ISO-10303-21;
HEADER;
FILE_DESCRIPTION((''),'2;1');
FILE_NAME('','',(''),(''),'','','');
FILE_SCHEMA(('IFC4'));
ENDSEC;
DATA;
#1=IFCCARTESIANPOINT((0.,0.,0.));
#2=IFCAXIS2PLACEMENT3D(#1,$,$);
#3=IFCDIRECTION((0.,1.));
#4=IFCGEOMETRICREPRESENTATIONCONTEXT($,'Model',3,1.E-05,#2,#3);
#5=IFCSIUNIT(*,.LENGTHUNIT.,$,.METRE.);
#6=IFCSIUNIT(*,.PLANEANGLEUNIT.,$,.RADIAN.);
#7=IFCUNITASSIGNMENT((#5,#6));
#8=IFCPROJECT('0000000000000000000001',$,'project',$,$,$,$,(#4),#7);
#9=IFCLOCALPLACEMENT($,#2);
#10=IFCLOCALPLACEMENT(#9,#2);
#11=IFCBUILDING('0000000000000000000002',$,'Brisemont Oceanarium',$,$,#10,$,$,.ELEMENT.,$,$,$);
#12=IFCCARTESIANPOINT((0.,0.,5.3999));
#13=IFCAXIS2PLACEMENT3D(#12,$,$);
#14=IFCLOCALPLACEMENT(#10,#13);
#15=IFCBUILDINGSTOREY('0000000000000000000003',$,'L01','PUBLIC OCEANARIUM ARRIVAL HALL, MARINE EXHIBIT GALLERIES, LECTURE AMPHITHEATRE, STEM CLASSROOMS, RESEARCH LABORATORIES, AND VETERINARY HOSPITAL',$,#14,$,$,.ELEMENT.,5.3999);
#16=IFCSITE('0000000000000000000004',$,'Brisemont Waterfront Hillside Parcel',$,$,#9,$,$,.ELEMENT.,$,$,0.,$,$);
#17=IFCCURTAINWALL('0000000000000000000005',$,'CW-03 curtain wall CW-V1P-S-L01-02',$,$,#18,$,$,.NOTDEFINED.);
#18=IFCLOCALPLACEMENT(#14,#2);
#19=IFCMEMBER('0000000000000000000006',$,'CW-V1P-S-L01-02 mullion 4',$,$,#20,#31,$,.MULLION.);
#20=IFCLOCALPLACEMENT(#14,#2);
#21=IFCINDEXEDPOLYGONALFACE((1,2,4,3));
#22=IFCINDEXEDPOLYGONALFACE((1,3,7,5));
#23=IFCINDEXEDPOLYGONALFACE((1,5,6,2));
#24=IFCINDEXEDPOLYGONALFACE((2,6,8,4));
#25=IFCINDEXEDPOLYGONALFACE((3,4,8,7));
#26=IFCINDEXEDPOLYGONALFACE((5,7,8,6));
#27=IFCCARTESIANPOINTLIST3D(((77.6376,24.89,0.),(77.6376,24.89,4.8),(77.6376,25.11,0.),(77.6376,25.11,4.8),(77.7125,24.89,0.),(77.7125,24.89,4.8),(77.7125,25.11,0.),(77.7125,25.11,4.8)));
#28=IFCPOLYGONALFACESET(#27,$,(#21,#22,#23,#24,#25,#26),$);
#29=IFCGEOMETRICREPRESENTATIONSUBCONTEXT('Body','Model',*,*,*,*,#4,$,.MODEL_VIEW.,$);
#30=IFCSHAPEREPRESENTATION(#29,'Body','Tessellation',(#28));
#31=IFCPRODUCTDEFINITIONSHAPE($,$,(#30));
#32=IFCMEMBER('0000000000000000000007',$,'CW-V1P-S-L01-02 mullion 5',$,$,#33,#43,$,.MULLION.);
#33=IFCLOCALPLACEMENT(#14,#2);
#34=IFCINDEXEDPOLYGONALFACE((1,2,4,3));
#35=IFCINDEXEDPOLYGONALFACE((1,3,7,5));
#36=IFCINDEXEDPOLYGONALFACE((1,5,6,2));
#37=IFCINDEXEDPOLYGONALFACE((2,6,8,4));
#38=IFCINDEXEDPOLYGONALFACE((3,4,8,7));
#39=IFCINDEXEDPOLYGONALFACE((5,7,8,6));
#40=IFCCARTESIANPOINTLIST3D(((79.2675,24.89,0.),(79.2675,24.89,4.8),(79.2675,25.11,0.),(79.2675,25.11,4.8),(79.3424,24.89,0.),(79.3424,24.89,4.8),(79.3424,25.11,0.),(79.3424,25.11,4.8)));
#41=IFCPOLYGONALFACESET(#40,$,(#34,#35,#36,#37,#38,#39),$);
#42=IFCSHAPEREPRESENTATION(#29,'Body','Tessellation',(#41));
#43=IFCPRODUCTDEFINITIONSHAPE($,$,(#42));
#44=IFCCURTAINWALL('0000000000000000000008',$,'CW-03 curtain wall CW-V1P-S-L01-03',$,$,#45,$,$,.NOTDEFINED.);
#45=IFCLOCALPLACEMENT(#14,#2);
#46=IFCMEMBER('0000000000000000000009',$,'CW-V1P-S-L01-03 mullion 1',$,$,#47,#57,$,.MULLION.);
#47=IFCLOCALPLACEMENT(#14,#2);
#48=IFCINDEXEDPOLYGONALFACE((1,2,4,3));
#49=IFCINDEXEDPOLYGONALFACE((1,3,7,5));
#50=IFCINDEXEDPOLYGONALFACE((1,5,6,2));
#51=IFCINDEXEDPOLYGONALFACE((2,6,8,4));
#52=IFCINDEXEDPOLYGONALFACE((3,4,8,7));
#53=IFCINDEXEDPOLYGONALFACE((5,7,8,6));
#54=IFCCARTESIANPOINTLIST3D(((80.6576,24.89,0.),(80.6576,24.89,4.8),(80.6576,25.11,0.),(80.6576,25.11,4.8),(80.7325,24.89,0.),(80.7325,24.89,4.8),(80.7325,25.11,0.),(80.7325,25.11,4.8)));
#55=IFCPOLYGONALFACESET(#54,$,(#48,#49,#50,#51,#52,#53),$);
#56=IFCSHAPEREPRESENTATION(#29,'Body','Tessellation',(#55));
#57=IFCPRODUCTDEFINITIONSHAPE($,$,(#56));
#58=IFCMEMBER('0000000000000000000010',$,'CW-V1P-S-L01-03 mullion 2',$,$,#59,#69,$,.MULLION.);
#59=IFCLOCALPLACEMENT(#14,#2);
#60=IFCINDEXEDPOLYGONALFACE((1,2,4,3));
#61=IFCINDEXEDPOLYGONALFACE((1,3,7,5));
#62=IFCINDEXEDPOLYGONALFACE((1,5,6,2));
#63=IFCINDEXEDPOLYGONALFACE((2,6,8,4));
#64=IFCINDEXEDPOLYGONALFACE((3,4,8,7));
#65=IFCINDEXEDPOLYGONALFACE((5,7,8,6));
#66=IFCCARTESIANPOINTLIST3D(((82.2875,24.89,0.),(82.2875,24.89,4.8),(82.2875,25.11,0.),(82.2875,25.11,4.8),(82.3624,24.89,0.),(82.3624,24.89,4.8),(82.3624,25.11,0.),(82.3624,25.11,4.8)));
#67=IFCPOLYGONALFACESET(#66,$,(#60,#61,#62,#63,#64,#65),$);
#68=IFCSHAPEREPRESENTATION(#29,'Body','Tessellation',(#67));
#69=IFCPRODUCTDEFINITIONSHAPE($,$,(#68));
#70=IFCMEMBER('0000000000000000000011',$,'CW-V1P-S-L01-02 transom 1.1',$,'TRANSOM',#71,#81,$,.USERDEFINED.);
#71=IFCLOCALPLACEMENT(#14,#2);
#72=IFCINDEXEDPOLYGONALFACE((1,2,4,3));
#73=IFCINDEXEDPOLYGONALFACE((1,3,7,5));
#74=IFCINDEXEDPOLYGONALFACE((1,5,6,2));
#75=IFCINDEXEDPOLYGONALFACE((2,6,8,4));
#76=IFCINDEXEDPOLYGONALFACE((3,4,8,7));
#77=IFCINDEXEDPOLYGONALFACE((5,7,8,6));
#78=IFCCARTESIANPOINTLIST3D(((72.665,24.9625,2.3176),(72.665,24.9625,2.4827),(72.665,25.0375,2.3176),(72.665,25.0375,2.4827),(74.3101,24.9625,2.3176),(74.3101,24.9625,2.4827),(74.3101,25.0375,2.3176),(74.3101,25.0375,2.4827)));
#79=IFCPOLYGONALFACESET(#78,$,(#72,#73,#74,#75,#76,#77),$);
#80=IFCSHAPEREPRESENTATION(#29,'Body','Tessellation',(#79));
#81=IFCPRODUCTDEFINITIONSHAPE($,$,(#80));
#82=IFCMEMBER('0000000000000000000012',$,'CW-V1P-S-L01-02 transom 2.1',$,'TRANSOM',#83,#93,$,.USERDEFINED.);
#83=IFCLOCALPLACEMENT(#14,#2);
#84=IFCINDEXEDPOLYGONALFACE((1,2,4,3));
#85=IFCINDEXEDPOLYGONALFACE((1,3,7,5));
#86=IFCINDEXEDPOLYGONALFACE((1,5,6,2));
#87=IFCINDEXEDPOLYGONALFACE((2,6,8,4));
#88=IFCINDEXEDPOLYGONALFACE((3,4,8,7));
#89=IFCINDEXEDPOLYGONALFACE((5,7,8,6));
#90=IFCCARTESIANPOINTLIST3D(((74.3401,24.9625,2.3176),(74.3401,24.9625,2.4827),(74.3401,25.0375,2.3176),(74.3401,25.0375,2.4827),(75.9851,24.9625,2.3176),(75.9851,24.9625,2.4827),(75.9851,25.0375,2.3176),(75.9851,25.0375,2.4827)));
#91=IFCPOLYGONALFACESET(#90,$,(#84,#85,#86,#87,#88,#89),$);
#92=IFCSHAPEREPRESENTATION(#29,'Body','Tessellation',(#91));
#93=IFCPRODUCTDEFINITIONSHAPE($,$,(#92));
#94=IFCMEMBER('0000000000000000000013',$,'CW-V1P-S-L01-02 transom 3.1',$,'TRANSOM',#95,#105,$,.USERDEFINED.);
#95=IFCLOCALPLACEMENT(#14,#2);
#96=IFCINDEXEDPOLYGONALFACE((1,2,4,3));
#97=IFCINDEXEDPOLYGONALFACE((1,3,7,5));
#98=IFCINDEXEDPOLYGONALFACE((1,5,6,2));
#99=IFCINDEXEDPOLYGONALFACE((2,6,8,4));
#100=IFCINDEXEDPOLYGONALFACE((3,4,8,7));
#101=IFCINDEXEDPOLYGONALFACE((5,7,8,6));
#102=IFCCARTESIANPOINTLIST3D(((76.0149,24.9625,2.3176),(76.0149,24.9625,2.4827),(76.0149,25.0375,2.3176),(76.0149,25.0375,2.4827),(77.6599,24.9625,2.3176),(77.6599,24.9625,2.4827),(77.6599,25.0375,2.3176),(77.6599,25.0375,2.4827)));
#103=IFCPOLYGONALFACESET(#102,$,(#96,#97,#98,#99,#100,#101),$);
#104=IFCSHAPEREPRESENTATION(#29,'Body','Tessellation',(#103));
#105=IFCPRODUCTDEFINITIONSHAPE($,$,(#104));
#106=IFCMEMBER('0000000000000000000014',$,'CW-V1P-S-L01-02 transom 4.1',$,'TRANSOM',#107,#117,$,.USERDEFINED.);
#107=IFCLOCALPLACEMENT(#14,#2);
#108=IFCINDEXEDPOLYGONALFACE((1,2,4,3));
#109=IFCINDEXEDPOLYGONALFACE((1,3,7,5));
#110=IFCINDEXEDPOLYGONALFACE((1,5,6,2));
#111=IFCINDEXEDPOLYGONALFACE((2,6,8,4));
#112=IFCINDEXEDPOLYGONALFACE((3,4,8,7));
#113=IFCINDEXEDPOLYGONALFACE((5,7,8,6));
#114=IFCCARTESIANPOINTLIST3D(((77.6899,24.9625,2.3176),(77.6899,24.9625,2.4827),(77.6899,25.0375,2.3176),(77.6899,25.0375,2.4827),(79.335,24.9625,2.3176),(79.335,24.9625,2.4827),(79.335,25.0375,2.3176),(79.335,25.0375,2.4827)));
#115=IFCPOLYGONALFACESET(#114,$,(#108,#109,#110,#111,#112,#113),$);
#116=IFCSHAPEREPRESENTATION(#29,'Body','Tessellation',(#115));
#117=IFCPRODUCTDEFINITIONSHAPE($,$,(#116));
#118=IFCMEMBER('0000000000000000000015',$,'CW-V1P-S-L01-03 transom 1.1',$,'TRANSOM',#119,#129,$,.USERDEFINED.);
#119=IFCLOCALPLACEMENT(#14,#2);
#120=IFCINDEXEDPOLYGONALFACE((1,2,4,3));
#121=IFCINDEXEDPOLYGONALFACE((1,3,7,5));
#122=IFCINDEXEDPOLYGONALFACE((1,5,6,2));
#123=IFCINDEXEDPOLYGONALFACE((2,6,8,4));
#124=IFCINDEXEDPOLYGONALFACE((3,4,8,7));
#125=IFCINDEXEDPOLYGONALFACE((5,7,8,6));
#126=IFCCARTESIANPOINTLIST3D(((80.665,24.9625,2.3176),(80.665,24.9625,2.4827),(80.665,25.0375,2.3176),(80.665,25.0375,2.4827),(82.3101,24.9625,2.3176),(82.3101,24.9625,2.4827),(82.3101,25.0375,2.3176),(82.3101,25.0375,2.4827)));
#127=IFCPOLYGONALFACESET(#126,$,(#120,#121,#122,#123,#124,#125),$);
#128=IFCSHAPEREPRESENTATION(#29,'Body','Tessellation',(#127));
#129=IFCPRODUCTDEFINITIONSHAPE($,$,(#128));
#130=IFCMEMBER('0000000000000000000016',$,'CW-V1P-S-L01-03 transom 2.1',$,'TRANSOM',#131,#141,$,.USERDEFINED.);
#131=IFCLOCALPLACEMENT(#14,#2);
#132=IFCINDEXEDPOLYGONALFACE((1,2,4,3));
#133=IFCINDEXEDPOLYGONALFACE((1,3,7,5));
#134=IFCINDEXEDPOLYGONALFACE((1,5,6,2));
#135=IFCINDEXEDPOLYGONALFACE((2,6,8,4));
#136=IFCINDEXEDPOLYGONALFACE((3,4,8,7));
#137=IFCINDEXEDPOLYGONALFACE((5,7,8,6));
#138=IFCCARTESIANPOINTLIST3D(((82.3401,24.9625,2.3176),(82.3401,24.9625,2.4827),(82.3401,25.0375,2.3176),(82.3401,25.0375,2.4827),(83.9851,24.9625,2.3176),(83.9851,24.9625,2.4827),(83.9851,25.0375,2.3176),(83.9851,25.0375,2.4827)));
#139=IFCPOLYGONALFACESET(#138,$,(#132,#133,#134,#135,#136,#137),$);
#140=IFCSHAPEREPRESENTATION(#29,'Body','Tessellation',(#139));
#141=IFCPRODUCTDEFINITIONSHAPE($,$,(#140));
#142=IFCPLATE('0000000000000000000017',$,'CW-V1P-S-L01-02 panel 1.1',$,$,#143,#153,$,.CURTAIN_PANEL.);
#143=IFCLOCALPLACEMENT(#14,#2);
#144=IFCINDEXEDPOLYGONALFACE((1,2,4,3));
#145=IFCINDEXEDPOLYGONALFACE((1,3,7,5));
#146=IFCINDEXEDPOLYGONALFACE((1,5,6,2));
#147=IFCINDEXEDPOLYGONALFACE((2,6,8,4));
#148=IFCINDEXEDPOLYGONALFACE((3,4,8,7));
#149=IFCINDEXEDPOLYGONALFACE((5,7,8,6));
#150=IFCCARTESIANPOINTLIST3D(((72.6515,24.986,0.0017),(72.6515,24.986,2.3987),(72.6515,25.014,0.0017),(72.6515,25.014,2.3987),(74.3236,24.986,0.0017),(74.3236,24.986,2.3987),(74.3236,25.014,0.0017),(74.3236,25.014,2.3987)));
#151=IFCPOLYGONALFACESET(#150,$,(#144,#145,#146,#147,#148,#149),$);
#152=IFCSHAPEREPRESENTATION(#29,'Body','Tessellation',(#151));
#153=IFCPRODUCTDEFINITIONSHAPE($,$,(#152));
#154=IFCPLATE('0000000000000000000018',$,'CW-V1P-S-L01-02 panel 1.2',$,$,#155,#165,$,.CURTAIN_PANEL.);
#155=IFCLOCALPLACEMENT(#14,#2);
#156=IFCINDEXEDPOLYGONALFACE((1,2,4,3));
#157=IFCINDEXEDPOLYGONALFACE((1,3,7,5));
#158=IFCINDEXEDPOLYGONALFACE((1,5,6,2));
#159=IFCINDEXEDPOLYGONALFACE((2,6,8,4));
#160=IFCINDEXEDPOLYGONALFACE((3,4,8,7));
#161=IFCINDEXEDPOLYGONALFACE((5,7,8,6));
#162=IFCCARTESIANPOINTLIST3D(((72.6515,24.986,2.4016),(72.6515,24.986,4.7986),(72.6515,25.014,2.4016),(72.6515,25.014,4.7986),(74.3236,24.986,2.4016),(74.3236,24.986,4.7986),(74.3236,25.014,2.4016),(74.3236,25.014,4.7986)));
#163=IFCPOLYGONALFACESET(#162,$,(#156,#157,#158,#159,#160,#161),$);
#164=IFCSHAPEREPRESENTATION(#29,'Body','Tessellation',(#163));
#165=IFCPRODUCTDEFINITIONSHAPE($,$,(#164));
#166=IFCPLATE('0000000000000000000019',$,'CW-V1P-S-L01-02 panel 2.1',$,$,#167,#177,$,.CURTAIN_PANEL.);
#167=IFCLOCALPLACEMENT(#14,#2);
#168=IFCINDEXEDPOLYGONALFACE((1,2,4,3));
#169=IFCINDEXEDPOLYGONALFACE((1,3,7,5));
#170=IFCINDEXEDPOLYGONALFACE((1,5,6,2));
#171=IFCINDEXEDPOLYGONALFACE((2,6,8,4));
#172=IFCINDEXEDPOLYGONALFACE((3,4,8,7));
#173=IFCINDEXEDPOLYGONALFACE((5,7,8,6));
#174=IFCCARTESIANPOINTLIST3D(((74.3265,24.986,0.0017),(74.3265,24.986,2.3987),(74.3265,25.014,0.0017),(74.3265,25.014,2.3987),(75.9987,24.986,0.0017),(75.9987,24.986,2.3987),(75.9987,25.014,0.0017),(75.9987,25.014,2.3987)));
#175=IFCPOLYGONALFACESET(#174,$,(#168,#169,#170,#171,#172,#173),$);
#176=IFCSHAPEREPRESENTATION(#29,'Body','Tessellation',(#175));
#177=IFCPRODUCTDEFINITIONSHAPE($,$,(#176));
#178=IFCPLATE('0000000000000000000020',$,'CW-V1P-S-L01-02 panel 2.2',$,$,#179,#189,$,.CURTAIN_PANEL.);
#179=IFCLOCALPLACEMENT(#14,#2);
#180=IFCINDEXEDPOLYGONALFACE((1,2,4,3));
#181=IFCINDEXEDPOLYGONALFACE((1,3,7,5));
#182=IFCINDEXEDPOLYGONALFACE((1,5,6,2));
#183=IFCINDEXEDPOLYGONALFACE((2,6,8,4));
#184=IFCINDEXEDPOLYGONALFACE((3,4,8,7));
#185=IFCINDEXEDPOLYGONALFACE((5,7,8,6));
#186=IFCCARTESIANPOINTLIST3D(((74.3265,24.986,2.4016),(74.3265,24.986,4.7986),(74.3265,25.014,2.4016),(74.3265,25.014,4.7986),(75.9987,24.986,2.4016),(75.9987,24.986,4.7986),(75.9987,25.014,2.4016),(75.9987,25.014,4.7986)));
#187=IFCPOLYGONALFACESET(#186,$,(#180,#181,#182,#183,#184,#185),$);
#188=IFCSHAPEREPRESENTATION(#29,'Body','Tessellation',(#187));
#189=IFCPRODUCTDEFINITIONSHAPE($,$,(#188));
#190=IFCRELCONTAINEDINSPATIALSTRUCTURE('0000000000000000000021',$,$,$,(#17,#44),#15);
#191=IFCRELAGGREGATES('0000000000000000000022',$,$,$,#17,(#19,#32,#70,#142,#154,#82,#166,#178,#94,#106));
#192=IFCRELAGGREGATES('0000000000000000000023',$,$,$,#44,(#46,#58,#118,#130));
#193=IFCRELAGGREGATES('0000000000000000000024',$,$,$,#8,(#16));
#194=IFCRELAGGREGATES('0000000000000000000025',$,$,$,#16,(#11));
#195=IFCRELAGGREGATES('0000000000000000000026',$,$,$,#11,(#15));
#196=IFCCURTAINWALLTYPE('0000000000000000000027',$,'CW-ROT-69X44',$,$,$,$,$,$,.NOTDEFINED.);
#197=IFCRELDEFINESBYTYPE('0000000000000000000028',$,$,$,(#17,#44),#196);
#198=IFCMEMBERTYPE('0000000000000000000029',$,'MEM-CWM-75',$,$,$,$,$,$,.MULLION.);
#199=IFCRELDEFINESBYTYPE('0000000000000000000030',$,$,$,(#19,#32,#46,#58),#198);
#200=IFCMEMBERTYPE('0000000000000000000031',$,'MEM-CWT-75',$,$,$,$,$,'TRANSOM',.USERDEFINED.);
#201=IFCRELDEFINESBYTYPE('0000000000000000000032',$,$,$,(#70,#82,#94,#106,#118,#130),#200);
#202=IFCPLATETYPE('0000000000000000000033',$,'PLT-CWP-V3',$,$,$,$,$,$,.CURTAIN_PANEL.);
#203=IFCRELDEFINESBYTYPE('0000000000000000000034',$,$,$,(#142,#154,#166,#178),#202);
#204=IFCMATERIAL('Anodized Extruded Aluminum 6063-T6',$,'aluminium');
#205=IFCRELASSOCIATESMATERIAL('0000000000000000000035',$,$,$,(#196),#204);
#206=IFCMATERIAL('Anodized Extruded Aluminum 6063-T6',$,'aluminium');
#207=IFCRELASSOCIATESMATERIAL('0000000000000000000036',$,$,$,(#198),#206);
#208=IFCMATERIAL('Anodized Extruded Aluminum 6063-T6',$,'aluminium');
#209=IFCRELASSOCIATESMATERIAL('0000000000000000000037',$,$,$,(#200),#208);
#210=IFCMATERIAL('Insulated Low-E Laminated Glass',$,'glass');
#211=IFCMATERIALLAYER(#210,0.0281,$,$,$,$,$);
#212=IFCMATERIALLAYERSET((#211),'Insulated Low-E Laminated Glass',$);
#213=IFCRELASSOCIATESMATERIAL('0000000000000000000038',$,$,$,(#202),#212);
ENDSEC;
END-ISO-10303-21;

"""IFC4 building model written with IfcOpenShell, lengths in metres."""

from ifc_helpers import new_model, si_unit, direction, frame, origin, origin_2d, place, context, subcontext, project, spatial, rectangle, extrude, material, layer, layer_set, material_profile, profile_set, type_object, element, aggregate, save


model = new_model("IFC4")

# Units and contexts
model_context = context("Model", 3, precision=1e-05, world=origin(), true_north=direction((0.0, 1.0)))
body_context = subcontext(model_context, "Body", "Model", "MODEL_VIEW")
ifc_project = project(units=[si_unit("LENGTHUNIT", "METRE"), si_unit("PLANEANGLEUNIT", "RADIAN")], contexts=[model_context])

# Site, building, storey
site_placement = place(None, origin())
site = spatial("IfcSite", under=ifc_project, at=site_placement, Name="Brisemont Waterfront Hillside Parcel", CompositionType="ELEMENT", RefElevation=0.0)
building_placement = place(site_placement, origin())
building = spatial("IfcBuilding", under=site, at=building_placement, Name="Brisemont Oceanarium", CompositionType="ELEMENT")
storey_placement = place(building_placement, frame((0.0, 0.0, 5.3999)))
storey = spatial("IfcBuildingStorey", under=building, at=storey_placement, Name="L01", Description="PUBLIC OCEANARIUM ARRIVAL HALL, MARINE EXHIBIT GALLERIES, LECTURE AMPHITHEATRE, STEM CLASSROOMS, RESEARCH LABORATORIES, AND VETERINARY HOSPITAL", CompositionType="ELEMENT", Elevation=5.3999)

# Curtain walls, members
ifc_material_1 = material(Name="Anodized Extruded Aluminum 6063-T6", Category="aluminium")
curtain_wall_type = type_object("IfcCurtainWallType", Name="CW-ROT-69X44", PredefinedType="NOTDEFINED", material=ifc_material_1)
curtain_wall_1_placement = place(storey_placement, origin())
curtain_wall_1 = element("IfcCurtainWall", 1, at=curtain_wall_1_placement, inside=storey, type_object=curtain_wall_type, Name="CW-03 curtain wall CW-V1P-S-L01-02", PredefinedType="NOTDEFINED")
ifc_material_2 = material(Name="Anodized Extruded Aluminum 6063-T6", Category="aluminium")
ifc_material_profile_1 = material_profile(ifc_material_2, rectangle(XDim=0.075, YDim=0.22, at=origin_2d()), Name="CWM-75X220")
ifc_profile_set_1 = profile_set([ifc_material_profile_1], Name="Anodized Extruded Aluminum 6063-T6")
member_type_1 = type_object("IfcMemberType", Name="MEM-CWM-75", PredefinedType="MULLION", material=ifc_profile_set_1)
member_1_placement = place(storey_placement, frame((77.675, 25.0, 0.0), z_axis=(0.0, 0.0, 1.0), x_axis=(1.0, 0.0, 0.0)))
member_1 = element("IfcMember", 2, at=member_1_placement, type_object=member_type_1, Name="CW-V1P-S-L01-02 mullion 4", PredefinedType="MULLION", context=body_context, shape_type="SweptSolid", body=[
    extrude(rectangle(XDim=0.075, YDim=0.22, at=origin_2d()), origin(), (0.0, 0.0, 1.0), 4.8),
])
member_2_placement = place(storey_placement, frame((79.3049, 25.0, 0.0), z_axis=(0.0, 0.0, 1.0), x_axis=(1.0, 0.0, 0.0)))
member_2 = element("IfcMember", 3, at=member_2_placement, type_object=member_type_1, Name="CW-V1P-S-L01-02 mullion 5", PredefinedType="MULLION", context=body_context, shape_type="SweptSolid", body=[
    extrude(rectangle(XDim=0.075, YDim=0.22, at=origin_2d()), origin(), (0.0, 0.0, 1.0), 4.8),
])
curtain_wall_2_placement = place(storey_placement, origin())
curtain_wall_2 = element("IfcCurtainWall", 4, at=curtain_wall_2_placement, inside=storey, type_object=curtain_wall_type, Name="CW-03 curtain wall CW-V1P-S-L01-03", PredefinedType="NOTDEFINED")
member_3_placement = place(storey_placement, frame((80.6951, 25.0, 0.0), z_axis=(0.0, 0.0, 1.0), x_axis=(1.0, 0.0, 0.0)))
member_3 = element("IfcMember", 5, at=member_3_placement, type_object=member_type_1, Name="CW-V1P-S-L01-03 mullion 1", PredefinedType="MULLION", context=body_context, shape_type="SweptSolid", body=[
    extrude(rectangle(XDim=0.075, YDim=0.22, at=origin_2d()), origin(), (0.0, 0.0, 1.0), 4.8),
])
member_4_placement = place(storey_placement, frame((82.325, 25.0, 0.0), z_axis=(0.0, 0.0, 1.0), x_axis=(1.0, 0.0, 0.0)))
member_4 = element("IfcMember", 6, at=member_4_placement, type_object=member_type_1, Name="CW-V1P-S-L01-03 mullion 2", PredefinedType="MULLION", context=body_context, shape_type="SweptSolid", body=[
    extrude(rectangle(XDim=0.075, YDim=0.22, at=origin_2d()), origin(), (0.0, 0.0, 1.0), 4.8),
])

# Members
ifc_material_3 = material(Name="Anodized Extruded Aluminum 6063-T6", Category="aluminium")
ifc_material_profile_2 = material_profile(ifc_material_3, rectangle(XDim=0.075, YDim=0.165, at=origin_2d()), Name="CWT-75X165")
ifc_profile_set_2 = profile_set([ifc_material_profile_2], Name="Anodized Extruded Aluminum 6063-T6")
member_type_2 = type_object("IfcMemberType", Name="MEM-CWT-75", ElementType="TRANSOM", PredefinedType="USERDEFINED", material=ifc_profile_set_2)
member_5_placement = place(storey_placement, frame((72.665, 25.0, 2.4001), z_axis=(1.0, 0.0, 0.0), x_axis=(0.0, 1.0, 0.0)))
member_5 = element("IfcMember", 7, at=member_5_placement, type_object=member_type_2, Name="CW-V1P-S-L01-02 transom 1.1", ObjectType="TRANSOM", PredefinedType="USERDEFINED", context=body_context, shape_type="SweptSolid", body=[
    extrude(rectangle(XDim=0.075, YDim=0.165, at=origin_2d()), origin(), (0.0, 0.0, 1.0), 1.645),
])
member_6_placement = place(storey_placement, frame((74.3401, 25.0, 2.4001), z_axis=(1.0, 0.0, 0.0), x_axis=(0.0, 1.0, 0.0)))
member_6 = element("IfcMember", 8, at=member_6_placement, type_object=member_type_2, Name="CW-V1P-S-L01-02 transom 2.1", ObjectType="TRANSOM", PredefinedType="USERDEFINED", context=body_context, shape_type="SweptSolid", body=[
    extrude(rectangle(XDim=0.075, YDim=0.165, at=origin_2d()), origin(), (0.0, 0.0, 1.0), 1.645),
])
member_7_placement = place(storey_placement, frame((76.0149, 25.0, 2.4001), z_axis=(1.0, 0.0, 0.0), x_axis=(0.0, 1.0, 0.0)))
member_7 = element("IfcMember", 9, at=member_7_placement, type_object=member_type_2, Name="CW-V1P-S-L01-02 transom 3.1", ObjectType="TRANSOM", PredefinedType="USERDEFINED", context=body_context, shape_type="SweptSolid", body=[
    extrude(rectangle(XDim=0.075, YDim=0.165, at=origin_2d()), origin(), (0.0, 0.0, 1.0), 1.645),
])
member_8_placement = place(storey_placement, frame((77.6899, 25.0, 2.4001), z_axis=(1.0, 0.0, 0.0), x_axis=(0.0, 1.0, 0.0)))
member_8 = element("IfcMember", 10, at=member_8_placement, type_object=member_type_2, Name="CW-V1P-S-L01-02 transom 4.1", ObjectType="TRANSOM", PredefinedType="USERDEFINED", context=body_context, shape_type="SweptSolid", body=[
    extrude(rectangle(XDim=0.075, YDim=0.165, at=origin_2d()), origin(), (0.0, 0.0, 1.0), 1.645),
])
member_9_placement = place(storey_placement, frame((80.665, 25.0, 2.4001), z_axis=(1.0, 0.0, 0.0), x_axis=(0.0, 1.0, 0.0)))
member_9 = element("IfcMember", 11, at=member_9_placement, type_object=member_type_2, Name="CW-V1P-S-L01-03 transom 1.1", ObjectType="TRANSOM", PredefinedType="USERDEFINED", context=body_context, shape_type="SweptSolid", body=[
    extrude(rectangle(XDim=0.075, YDim=0.165, at=origin_2d()), origin(), (0.0, 0.0, 1.0), 1.645),
])
member_10_placement = place(storey_placement, frame((82.3401, 25.0, 2.4001), z_axis=(1.0, 0.0, 0.0), x_axis=(0.0, 1.0, 0.0)))
member_10 = element("IfcMember", 12, at=member_10_placement, type_object=member_type_2, Name="CW-V1P-S-L01-03 transom 2.1", ObjectType="TRANSOM", PredefinedType="USERDEFINED", context=body_context, shape_type="SweptSolid", body=[
    extrude(rectangle(XDim=0.075, YDim=0.165, at=origin_2d()), origin(), (0.0, 0.0, 1.0), 1.645),
])

# Plates
ifc_material_4 = material(Name="Insulated Low-E Laminated Glass", Category="glass")
ifc_layer = layer(ifc_material_4, 0.0281)
ifc_layer_set = layer_set([ifc_layer], Name="Insulated Low-E Laminated Glass")
plate_type = type_object("IfcPlateType", Name="PLT-CWP-V3", PredefinedType="CURTAIN_PANEL", material=ifc_layer_set)
plate_1_placement = place(storey_placement, frame((73.4875, 25.0, 0.0017), z_axis=(0.0, 0.0, 1.0), x_axis=(1.0, 0.0, 0.0)))
plate_1 = element("IfcPlate", 13, at=plate_1_placement, type_object=plate_type, Name="CW-V1P-S-L01-02 panel 1.1", PredefinedType="CURTAIN_PANEL", context=body_context, shape_type="SweptSolid", body=[
    extrude(rectangle(XDim=1.6721, YDim=0.0281, at=origin_2d()), origin(), (0.0, 0.0, 1.0), 2.397),
])
plate_2_placement = place(storey_placement, frame((73.4875, 25.0, 2.4016), z_axis=(0.0, 0.0, 1.0), x_axis=(1.0, 0.0, 0.0)))
plate_2 = element("IfcPlate", 14, at=plate_2_placement, type_object=plate_type, Name="CW-V1P-S-L01-02 panel 1.2", PredefinedType="CURTAIN_PANEL", context=body_context, shape_type="SweptSolid", body=[
    extrude(rectangle(XDim=1.6721, YDim=0.0281, at=origin_2d()), origin(), (0.0, 0.0, 1.0), 2.397),
])
plate_3_placement = place(storey_placement, frame((75.1626, 25.0, 0.0017), z_axis=(0.0, 0.0, 1.0), x_axis=(1.0, 0.0, 0.0)))
plate_3 = element("IfcPlate", 15, at=plate_3_placement, type_object=plate_type, Name="CW-V1P-S-L01-02 panel 2.1", PredefinedType="CURTAIN_PANEL", context=body_context, shape_type="SweptSolid", body=[
    extrude(rectangle(XDim=1.6721, YDim=0.0281, at=origin_2d()), origin(), (0.0, 0.0, 1.0), 2.397),
])
plate_4_placement = place(storey_placement, frame((75.1626, 25.0, 2.4016), z_axis=(0.0, 0.0, 1.0), x_axis=(1.0, 0.0, 0.0)))
plate_4 = element("IfcPlate", 16, at=plate_4_placement, type_object=plate_type, Name="CW-V1P-S-L01-02 panel 2.2", PredefinedType="CURTAIN_PANEL", context=body_context, shape_type="SweptSolid", body=[
    extrude(rectangle(XDim=1.6721, YDim=0.0281, at=origin_2d()), origin(), (0.0, 0.0, 1.0), 2.397),
])
aggregate(curtain_wall_1, [member_1, member_2, member_5, plate_1, plate_2, member_6, plate_3, plate_4, member_7, member_8])
aggregate(curtain_wall_2, [member_3, member_4, member_9, member_10])

save(model, "model.ifc")
